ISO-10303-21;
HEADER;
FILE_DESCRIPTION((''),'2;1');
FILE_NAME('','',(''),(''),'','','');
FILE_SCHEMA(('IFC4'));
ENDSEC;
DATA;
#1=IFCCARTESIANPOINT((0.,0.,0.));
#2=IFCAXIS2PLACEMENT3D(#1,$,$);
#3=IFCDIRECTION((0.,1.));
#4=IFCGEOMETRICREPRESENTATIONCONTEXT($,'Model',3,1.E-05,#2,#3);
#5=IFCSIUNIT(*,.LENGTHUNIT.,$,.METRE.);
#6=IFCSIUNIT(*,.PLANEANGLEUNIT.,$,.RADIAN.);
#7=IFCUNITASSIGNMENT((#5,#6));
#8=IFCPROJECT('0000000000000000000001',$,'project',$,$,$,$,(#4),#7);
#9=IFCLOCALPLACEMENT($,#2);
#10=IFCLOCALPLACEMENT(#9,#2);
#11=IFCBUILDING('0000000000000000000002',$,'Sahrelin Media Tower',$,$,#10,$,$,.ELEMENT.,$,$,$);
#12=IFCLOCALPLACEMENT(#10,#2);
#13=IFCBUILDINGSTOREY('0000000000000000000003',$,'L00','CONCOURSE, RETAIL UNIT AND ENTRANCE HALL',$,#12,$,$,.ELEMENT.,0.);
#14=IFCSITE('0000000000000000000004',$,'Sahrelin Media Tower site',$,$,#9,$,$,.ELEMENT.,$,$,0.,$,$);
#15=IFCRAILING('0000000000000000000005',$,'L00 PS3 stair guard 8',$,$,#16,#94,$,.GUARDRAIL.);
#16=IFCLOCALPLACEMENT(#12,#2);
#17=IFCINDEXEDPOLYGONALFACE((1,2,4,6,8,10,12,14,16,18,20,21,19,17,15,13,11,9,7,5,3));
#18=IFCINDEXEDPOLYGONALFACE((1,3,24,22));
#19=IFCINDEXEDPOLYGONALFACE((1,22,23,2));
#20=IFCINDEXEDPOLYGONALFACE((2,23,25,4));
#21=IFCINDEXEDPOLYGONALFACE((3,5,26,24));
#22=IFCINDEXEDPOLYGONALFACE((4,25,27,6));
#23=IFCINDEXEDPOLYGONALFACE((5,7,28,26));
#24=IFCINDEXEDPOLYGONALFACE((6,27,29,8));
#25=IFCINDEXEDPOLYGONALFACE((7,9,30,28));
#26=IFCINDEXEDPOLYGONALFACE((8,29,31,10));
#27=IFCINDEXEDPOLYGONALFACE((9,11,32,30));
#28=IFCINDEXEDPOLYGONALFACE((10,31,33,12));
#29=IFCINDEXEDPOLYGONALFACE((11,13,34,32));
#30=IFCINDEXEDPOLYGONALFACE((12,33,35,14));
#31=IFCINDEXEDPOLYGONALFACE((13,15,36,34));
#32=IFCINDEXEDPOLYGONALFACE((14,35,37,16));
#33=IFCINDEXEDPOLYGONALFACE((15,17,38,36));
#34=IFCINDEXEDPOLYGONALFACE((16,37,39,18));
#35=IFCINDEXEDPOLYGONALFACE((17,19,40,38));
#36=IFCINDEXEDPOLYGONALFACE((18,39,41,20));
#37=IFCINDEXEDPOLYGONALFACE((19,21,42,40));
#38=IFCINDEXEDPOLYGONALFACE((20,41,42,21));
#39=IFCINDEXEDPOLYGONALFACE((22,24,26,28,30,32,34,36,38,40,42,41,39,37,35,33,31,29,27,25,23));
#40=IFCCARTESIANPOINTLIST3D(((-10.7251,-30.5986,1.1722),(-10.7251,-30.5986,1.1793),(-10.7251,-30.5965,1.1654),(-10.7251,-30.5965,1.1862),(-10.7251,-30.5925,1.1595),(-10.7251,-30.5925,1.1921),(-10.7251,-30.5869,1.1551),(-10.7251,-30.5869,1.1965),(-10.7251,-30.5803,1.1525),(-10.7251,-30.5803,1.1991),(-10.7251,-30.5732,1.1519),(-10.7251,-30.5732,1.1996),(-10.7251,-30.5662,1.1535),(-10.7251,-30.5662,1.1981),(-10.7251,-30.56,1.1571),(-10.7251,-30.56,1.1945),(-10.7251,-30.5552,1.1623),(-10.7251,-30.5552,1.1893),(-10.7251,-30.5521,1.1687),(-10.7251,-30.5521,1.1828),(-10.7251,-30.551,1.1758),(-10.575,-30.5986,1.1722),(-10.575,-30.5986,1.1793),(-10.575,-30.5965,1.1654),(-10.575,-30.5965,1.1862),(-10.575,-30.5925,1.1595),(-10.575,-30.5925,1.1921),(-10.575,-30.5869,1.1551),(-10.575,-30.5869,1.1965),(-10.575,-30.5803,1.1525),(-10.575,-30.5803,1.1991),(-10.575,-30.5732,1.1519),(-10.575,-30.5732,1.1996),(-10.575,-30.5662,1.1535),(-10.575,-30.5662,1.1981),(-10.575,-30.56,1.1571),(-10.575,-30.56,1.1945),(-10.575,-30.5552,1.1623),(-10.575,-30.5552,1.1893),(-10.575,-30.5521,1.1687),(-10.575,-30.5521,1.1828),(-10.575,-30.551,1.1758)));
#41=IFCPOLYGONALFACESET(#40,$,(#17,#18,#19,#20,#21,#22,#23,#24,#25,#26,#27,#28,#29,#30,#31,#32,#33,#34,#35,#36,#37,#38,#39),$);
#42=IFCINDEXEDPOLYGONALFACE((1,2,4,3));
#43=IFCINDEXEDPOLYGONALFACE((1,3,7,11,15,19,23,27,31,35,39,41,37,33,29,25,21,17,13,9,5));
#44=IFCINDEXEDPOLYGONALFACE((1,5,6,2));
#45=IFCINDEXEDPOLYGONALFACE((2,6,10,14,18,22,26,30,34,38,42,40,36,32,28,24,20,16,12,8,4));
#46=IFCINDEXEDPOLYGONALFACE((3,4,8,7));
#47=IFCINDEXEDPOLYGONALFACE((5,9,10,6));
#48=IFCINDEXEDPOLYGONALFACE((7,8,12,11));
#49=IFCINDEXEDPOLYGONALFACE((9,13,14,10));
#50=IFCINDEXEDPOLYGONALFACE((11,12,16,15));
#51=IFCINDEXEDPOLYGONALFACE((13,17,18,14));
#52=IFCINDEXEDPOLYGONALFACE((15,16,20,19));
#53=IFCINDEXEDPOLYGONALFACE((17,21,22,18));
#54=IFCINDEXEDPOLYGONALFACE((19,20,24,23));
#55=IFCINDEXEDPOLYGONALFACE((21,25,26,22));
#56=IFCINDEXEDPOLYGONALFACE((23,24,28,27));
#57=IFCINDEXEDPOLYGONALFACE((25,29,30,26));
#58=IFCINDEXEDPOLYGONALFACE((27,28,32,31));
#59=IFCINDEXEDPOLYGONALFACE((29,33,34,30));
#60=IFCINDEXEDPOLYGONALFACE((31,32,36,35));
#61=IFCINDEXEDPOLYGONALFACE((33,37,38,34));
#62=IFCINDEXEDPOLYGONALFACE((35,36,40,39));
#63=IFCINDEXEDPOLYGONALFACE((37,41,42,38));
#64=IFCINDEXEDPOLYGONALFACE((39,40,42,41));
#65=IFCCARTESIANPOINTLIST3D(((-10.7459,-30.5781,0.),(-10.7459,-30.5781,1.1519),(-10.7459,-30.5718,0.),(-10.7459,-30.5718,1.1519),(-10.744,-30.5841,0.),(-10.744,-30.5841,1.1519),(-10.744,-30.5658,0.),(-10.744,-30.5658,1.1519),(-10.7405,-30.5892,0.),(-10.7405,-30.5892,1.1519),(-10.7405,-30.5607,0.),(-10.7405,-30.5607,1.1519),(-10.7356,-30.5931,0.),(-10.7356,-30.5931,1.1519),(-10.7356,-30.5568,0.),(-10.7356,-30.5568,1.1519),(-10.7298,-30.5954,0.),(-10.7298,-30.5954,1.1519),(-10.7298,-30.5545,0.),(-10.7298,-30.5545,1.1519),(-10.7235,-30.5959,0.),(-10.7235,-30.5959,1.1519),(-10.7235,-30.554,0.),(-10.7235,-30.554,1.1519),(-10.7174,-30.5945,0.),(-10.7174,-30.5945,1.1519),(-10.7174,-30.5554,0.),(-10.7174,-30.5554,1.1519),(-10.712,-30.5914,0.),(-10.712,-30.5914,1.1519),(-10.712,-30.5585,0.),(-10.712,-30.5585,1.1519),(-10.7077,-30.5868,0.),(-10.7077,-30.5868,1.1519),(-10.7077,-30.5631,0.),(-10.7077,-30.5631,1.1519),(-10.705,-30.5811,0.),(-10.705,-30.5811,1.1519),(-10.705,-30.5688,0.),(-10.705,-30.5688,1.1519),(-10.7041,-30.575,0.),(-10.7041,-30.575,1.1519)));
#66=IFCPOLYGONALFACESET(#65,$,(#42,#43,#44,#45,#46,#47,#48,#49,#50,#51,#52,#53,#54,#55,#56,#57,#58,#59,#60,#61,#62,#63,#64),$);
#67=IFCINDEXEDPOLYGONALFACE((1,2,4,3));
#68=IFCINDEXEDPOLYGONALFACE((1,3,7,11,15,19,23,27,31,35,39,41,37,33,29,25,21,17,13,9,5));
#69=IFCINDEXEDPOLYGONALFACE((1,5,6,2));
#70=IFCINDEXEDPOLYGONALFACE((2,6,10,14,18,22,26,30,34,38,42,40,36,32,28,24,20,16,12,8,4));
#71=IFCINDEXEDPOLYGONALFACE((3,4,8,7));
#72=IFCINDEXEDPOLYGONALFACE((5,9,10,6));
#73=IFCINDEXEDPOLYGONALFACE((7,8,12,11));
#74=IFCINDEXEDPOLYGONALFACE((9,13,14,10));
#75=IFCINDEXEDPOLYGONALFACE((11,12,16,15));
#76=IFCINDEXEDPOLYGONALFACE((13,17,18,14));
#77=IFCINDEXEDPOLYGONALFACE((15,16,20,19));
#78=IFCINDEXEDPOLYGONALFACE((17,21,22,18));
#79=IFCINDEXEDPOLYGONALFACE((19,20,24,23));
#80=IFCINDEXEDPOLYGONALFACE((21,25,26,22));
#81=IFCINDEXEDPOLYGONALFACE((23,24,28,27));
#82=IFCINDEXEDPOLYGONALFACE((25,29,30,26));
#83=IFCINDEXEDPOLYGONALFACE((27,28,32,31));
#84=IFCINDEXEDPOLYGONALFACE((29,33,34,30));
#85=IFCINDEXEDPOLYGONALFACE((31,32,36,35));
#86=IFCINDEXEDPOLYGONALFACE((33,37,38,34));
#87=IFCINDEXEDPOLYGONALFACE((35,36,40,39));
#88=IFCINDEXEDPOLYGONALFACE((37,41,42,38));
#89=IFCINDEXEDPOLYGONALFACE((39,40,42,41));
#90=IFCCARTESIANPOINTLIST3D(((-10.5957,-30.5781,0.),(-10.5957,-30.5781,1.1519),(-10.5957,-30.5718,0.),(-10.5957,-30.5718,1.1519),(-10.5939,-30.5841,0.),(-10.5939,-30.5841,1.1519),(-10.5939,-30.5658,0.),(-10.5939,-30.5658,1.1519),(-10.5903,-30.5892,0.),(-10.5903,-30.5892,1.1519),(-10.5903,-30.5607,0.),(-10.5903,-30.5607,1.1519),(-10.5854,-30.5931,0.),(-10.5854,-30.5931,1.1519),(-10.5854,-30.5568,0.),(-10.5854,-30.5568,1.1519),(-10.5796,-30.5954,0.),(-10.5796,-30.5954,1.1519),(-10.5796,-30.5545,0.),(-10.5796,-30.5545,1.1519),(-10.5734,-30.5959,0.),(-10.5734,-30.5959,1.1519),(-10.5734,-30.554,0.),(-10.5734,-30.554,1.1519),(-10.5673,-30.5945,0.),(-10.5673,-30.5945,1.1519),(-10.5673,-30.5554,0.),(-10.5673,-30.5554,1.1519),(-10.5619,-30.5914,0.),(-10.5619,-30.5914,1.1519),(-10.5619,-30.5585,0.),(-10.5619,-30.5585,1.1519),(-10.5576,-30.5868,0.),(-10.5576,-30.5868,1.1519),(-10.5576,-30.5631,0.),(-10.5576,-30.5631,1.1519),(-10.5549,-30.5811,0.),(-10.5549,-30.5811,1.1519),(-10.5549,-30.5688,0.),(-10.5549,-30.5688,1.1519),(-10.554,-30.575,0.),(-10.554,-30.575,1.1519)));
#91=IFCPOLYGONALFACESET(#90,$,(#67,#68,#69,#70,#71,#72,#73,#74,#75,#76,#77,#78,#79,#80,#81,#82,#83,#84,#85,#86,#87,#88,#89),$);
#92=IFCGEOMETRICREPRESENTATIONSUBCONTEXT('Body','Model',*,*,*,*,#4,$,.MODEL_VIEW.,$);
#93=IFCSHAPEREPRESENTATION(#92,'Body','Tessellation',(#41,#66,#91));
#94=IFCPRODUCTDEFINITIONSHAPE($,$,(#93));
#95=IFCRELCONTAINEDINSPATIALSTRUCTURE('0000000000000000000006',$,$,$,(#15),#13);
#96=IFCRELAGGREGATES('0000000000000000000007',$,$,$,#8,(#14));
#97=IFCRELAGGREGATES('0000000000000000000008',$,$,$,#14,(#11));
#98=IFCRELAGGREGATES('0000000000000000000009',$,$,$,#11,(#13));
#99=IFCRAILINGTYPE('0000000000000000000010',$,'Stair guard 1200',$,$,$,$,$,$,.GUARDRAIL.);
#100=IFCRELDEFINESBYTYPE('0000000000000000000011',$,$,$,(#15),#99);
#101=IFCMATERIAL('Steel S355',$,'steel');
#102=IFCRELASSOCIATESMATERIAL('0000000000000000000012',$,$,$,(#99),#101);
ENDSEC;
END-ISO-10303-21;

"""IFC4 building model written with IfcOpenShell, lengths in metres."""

from ifc_helpers import new_model, si_unit, direction, frame, origin, origin_2d, place, context, subcontext, project, spatial, circle, extrude, material, type_object, element, save


model = new_model("IFC4")

# Units and contexts
model_context = context("Model", 3, precision=1e-05, world=origin(), true_north=direction((0.0, 1.0)))
body_context = subcontext(model_context, "Body", "Model", "MODEL_VIEW")
ifc_project = project(units=[si_unit("LENGTHUNIT", "METRE"), si_unit("PLANEANGLEUNIT", "RADIAN")], contexts=[model_context])

# Site, building, storey
site_placement = place(None, origin())
site = spatial("IfcSite", under=ifc_project, at=site_placement, Name="Sahrelin Media Tower site", CompositionType="ELEMENT", RefElevation=0.0)
building_placement = place(site_placement, origin())
building = spatial("IfcBuilding", under=site, at=building_placement, Name="Sahrelin Media Tower", CompositionType="ELEMENT")
storey_placement = place(building_placement, origin())
storey = spatial("IfcBuildingStorey", under=building, at=storey_placement, Name="L00", Description="CONCOURSE, RETAIL UNIT AND ENTRANCE HALL", CompositionType="ELEMENT", Elevation=0.0)

# Shared definitions
ifc_material_1 = material(Name="Steel S355", Category="steel")

# Railing
railing_type_1 = type_object("IfcRailingType", Name="Stair guard 1200", PredefinedType="GUARDRAIL", material=ifc_material_1)
railing_1_placement = place(storey_placement, frame((-10.7251, -30.575, 0.0)))
element("IfcRailing", 1, at=railing_1_placement, inside=storey, type_object=railing_type_1, Name="L00 PS3 stair guard 8", PredefinedType="GUARDRAIL", context=body_context, shape_type="SweptSolid", body=[
    extrude(circle(Radius=0.0239, at=origin_2d()), frame((0.0, 0.0, 1.1758), z_axis=(1.0, 0.0, 0.0), x_axis=(0.0, 1.0, 0.0)), (0.0, 0.0, 1.0), 0.1501),
    extrude(circle(Radius=0.021, at=origin_2d()), origin(), (0.0, 0.0, 1.0), 1.1519),
    extrude(circle(Radius=0.021, at=origin_2d()), frame((0.1501, 0.0, 0.0)), (0.0, 0.0, 1.0), 1.1519),
])

save(model, "model.ifc")
